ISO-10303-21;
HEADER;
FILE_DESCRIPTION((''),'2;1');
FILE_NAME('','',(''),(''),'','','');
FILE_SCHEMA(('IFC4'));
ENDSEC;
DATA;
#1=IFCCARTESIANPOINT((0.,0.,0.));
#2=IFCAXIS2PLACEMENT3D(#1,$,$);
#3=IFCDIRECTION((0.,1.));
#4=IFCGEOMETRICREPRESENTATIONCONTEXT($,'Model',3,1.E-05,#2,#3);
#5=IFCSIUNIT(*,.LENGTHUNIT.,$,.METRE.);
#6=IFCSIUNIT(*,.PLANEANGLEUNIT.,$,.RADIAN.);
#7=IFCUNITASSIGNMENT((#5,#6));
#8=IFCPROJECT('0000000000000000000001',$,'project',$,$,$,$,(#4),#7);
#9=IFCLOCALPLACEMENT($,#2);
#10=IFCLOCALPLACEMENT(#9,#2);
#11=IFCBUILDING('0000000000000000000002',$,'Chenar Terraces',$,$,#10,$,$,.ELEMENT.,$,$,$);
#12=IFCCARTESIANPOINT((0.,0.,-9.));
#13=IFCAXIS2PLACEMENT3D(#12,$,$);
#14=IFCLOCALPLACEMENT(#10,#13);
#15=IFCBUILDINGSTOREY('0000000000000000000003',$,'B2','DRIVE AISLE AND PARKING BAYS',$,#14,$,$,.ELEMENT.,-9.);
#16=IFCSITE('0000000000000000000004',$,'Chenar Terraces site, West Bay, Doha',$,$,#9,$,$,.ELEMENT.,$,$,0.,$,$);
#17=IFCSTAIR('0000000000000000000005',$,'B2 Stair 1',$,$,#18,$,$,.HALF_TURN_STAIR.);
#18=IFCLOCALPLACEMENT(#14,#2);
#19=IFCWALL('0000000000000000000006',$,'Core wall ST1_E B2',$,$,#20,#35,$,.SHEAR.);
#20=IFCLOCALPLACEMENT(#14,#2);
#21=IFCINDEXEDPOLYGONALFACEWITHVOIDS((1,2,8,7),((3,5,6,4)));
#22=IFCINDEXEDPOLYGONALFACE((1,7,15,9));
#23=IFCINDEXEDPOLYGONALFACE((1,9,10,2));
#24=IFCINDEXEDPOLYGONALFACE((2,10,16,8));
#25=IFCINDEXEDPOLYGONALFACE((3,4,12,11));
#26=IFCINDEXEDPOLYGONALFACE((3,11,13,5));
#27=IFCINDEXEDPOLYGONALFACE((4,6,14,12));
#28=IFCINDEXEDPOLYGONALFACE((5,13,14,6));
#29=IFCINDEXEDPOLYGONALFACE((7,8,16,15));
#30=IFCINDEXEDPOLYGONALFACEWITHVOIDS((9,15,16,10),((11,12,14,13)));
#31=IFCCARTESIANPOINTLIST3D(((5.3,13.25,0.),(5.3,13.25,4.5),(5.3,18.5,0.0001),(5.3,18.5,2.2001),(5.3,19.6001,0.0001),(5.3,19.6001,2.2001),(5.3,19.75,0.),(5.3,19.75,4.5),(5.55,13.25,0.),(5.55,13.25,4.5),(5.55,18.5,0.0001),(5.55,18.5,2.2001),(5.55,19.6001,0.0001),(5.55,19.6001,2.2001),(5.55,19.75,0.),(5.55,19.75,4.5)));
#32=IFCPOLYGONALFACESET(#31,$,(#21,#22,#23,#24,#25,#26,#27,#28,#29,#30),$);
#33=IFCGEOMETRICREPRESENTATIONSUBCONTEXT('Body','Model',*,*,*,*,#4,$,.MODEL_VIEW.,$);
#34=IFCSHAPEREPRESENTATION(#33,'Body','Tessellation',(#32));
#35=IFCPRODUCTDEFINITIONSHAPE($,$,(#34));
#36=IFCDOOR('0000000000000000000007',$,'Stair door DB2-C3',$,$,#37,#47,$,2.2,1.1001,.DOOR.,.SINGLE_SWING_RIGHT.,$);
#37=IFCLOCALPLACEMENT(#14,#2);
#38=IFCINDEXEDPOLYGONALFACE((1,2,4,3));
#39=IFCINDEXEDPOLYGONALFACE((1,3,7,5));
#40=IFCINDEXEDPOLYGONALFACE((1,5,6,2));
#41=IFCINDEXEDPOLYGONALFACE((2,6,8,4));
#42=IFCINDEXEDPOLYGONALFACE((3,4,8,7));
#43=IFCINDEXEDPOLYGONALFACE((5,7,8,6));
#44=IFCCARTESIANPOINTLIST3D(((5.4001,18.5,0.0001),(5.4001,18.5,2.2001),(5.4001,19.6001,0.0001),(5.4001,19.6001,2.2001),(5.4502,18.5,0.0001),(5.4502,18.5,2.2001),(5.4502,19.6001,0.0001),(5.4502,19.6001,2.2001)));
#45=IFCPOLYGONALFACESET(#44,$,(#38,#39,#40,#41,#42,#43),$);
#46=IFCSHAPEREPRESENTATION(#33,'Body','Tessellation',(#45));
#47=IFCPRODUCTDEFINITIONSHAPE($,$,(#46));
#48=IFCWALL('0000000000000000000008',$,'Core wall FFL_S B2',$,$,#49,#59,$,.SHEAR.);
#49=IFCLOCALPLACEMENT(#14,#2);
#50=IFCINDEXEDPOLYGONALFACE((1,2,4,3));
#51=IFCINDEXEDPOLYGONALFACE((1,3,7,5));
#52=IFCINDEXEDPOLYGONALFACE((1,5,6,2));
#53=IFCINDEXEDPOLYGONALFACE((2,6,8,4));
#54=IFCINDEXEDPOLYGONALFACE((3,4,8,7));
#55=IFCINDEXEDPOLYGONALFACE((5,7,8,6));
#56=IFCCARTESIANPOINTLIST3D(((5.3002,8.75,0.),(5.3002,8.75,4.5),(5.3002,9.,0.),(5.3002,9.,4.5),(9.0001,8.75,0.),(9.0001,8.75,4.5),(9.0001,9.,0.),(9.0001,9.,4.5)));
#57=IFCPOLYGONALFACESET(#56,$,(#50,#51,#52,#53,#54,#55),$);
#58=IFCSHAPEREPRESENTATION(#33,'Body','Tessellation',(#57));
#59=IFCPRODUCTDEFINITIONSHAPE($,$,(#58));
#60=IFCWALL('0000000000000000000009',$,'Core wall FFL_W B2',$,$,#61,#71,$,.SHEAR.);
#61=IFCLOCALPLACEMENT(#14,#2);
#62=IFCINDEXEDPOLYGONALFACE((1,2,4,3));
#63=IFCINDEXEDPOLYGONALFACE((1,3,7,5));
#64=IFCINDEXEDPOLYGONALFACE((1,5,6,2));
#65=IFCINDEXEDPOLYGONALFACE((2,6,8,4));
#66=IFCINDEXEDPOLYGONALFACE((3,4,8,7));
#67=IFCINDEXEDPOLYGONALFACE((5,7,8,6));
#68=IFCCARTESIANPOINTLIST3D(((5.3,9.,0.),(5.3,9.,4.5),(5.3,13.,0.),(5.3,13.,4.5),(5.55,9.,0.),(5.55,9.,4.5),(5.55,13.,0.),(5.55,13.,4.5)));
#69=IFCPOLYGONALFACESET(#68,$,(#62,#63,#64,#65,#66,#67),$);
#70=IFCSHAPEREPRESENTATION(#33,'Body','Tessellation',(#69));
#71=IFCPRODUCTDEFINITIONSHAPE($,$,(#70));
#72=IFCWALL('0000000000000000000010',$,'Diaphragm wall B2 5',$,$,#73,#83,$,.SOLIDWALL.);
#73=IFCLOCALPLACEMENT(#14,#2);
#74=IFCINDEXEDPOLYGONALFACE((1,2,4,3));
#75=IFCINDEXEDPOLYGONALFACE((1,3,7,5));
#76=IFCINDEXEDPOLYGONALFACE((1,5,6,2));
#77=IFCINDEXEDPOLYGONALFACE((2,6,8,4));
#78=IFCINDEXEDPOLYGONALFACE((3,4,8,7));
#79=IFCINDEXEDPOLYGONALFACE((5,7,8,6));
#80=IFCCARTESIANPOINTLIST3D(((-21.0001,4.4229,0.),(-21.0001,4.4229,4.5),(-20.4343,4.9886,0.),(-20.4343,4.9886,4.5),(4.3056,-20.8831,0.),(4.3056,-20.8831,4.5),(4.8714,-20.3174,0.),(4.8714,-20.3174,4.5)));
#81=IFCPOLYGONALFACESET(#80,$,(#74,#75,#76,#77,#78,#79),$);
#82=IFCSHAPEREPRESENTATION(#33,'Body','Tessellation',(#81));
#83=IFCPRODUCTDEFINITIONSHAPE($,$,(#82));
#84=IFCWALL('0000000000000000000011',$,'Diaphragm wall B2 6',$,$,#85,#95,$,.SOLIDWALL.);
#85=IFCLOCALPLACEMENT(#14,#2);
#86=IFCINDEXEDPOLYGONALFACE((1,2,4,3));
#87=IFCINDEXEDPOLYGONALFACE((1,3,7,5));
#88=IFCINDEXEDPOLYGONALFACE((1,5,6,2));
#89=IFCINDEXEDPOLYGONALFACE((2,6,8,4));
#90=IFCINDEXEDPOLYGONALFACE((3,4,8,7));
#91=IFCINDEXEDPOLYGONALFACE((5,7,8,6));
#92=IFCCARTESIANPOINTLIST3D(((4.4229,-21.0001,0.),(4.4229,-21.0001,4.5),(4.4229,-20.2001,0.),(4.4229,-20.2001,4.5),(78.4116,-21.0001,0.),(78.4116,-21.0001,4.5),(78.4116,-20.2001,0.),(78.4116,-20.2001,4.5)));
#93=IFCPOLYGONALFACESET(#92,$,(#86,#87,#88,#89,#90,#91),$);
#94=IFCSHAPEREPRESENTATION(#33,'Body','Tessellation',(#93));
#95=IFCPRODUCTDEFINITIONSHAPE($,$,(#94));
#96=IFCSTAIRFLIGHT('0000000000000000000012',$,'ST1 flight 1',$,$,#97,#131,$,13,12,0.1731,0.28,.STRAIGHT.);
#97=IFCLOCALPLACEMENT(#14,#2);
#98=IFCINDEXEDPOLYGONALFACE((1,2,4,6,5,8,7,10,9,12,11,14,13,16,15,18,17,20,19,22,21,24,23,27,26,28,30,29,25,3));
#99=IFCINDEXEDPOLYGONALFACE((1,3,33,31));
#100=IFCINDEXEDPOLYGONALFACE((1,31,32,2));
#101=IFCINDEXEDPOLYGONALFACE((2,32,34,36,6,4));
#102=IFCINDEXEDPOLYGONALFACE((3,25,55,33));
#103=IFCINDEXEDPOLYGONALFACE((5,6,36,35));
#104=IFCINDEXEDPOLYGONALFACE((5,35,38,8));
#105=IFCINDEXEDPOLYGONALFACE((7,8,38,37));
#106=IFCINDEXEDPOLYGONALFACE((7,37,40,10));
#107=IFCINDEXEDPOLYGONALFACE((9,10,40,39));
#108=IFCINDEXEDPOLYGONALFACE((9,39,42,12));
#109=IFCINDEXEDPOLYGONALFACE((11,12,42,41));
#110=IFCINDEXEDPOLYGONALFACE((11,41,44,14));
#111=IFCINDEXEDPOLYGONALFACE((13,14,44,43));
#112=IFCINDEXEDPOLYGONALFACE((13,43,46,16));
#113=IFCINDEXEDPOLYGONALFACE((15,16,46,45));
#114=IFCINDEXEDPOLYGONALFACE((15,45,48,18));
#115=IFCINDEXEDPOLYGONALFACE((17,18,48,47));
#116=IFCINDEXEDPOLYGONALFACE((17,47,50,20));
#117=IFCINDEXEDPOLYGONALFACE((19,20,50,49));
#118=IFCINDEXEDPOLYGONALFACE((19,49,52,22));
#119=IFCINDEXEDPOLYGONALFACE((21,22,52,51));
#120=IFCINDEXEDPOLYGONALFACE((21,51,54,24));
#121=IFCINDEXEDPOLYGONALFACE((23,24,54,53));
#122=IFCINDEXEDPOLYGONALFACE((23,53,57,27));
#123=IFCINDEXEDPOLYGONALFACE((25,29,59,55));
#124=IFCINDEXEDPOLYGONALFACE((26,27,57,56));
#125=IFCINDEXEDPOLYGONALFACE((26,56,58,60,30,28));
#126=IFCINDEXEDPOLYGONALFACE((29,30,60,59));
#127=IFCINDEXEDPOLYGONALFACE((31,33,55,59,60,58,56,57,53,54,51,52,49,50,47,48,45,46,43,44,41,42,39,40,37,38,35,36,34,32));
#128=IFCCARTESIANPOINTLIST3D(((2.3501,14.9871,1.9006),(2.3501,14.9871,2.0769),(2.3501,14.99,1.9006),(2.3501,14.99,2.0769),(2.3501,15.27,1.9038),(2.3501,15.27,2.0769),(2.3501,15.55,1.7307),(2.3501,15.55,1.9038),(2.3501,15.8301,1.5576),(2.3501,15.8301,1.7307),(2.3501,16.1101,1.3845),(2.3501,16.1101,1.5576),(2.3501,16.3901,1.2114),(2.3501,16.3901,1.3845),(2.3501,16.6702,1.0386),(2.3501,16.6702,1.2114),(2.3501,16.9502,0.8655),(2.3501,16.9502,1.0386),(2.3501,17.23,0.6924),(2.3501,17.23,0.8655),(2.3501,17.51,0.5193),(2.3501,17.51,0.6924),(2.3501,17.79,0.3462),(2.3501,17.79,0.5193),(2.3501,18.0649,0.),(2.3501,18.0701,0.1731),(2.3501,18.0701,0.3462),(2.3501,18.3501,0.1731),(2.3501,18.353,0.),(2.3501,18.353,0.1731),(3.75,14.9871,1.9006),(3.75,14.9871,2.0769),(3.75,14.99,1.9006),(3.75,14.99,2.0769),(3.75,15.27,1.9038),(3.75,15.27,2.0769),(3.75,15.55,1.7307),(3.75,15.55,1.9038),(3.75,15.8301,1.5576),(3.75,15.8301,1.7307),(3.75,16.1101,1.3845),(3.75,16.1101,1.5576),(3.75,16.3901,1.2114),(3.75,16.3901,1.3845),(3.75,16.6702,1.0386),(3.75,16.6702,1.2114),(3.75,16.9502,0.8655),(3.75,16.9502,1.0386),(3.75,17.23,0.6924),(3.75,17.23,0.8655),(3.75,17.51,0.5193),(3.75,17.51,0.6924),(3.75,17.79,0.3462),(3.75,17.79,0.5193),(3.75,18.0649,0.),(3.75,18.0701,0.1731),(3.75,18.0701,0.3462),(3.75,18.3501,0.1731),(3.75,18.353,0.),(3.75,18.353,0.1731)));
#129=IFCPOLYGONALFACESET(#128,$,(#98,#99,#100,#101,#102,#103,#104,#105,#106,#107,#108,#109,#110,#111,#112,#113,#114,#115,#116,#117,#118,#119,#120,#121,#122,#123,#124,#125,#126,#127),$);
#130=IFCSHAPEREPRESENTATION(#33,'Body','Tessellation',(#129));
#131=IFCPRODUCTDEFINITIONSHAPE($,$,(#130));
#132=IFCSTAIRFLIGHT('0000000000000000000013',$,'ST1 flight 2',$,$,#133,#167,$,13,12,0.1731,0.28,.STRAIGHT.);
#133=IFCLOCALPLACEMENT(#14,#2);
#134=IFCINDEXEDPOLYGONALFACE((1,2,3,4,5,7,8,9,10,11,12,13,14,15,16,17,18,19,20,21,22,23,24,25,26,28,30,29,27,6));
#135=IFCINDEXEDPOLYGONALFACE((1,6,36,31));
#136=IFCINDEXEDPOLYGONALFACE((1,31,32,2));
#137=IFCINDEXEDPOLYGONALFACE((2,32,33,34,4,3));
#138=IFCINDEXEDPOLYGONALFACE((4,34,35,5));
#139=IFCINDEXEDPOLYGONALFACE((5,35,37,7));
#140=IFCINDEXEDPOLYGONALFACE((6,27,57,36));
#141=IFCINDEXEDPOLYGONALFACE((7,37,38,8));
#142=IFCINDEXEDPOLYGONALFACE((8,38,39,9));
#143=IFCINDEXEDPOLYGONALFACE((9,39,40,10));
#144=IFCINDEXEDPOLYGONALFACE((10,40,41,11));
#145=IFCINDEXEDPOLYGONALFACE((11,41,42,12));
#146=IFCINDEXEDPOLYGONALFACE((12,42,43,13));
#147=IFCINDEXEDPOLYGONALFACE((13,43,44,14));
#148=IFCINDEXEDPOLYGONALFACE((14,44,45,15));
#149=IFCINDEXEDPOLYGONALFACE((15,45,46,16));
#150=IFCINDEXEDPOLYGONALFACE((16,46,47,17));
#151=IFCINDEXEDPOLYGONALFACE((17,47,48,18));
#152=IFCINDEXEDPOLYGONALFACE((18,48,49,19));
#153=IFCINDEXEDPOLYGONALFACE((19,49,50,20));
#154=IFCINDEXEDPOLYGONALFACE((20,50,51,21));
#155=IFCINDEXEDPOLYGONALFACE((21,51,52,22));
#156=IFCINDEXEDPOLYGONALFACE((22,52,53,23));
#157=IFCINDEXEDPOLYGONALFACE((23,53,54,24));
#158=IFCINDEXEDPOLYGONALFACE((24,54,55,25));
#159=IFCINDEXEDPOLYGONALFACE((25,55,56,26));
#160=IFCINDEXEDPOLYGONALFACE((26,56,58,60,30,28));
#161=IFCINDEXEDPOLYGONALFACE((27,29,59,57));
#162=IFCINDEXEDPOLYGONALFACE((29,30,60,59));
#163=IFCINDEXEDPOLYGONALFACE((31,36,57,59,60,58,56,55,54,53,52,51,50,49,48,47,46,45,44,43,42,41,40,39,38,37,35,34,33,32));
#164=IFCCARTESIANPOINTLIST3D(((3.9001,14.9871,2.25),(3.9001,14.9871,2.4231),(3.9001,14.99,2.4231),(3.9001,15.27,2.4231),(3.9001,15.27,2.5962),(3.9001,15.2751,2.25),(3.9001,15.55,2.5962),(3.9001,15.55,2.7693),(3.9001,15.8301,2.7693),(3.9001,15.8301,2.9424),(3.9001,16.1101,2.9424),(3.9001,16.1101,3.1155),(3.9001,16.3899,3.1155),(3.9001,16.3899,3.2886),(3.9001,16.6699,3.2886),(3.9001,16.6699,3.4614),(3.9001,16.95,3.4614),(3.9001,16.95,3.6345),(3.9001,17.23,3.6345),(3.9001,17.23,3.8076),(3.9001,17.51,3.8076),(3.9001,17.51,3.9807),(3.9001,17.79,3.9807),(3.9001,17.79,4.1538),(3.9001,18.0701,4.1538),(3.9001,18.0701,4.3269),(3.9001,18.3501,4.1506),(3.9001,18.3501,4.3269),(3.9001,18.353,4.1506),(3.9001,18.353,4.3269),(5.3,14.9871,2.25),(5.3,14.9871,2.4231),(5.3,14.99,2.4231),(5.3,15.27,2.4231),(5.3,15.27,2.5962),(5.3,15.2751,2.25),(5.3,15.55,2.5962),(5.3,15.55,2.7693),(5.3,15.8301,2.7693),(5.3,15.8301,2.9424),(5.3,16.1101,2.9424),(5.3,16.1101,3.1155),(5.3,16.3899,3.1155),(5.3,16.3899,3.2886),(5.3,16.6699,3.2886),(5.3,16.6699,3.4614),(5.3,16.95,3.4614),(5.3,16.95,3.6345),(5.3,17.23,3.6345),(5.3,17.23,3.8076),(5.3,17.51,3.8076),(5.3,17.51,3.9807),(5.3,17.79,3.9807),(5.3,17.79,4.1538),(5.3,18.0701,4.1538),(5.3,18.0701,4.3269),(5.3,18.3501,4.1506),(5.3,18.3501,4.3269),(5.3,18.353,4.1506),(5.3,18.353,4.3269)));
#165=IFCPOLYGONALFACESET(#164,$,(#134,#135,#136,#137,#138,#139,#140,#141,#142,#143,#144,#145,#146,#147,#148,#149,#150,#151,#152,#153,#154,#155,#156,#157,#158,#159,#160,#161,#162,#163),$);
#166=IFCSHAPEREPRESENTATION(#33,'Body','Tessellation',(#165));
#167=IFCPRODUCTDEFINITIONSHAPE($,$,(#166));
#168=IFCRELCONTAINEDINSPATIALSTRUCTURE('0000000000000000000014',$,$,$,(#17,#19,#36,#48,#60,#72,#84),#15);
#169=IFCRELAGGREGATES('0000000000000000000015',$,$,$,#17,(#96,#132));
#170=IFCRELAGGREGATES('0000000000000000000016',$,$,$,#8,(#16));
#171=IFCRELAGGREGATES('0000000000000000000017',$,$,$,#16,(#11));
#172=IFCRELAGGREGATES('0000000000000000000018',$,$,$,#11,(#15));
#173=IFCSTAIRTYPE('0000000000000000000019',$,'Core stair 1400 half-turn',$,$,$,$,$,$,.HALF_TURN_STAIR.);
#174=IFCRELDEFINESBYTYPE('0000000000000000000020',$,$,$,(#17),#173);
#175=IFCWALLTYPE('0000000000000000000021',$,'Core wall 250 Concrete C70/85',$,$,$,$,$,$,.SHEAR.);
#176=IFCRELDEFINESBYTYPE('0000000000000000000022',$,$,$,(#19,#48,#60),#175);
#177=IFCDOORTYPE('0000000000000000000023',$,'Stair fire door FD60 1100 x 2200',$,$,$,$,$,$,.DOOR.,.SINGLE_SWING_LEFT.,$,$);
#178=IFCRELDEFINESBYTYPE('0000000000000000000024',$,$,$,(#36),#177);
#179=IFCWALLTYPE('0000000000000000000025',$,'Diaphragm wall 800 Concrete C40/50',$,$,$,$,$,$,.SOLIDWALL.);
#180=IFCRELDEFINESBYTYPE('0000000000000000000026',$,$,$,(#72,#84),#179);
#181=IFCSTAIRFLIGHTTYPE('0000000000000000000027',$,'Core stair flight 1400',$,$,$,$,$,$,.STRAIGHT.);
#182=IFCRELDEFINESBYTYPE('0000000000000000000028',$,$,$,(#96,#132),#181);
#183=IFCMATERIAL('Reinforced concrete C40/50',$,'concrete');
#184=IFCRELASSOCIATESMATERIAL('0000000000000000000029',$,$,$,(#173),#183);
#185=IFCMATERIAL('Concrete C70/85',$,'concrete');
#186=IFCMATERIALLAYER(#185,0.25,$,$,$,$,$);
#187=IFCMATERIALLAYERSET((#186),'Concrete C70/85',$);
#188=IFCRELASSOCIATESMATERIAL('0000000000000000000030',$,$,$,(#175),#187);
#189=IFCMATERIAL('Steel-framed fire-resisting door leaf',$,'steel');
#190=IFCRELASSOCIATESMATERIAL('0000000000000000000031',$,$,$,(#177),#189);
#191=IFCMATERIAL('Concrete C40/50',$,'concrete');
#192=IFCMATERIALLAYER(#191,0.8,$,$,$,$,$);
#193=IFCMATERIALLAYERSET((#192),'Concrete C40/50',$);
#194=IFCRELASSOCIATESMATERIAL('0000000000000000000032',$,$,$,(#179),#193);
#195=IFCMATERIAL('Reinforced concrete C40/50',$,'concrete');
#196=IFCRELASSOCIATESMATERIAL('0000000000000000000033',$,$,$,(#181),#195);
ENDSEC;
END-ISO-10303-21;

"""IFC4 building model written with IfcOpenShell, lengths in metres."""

from ifc_helpers import new_model, si_unit, direction, frame, frame_2d, origin, place, context, subcontext, project, spatial, polyline, rectangle, outline, extrude, material, layer, layer_set, type_object, element, fill, aggregate, save


model = new_model("IFC4")

# Units and contexts
model_context = context("Model", 3, precision=1e-05, world=origin(), true_north=direction((0.0, 1.0)))
body_context = subcontext(model_context, "Body", "Model", "MODEL_VIEW")
ifc_project = project(units=[si_unit("LENGTHUNIT", "METRE"), si_unit("PLANEANGLEUNIT", "RADIAN")], contexts=[model_context])

# Site, building, storey
site_placement = place(None, origin())
site = spatial("IfcSite", under=ifc_project, at=site_placement, Name="Chenar Terraces site, West Bay, Doha", CompositionType="ELEMENT", RefElevation=0.0)
building_placement = place(site_placement, origin())
building = spatial("IfcBuilding", under=site, at=building_placement, Name="Chenar Terraces", CompositionType="ELEMENT")
storey_placement = place(building_placement, frame((0.0, 0.0, -9.0)))
storey = spatial("IfcBuildingStorey", under=building, at=storey_placement, Name="B2", Description="DRIVE AISLE AND PARKING BAYS", CompositionType="ELEMENT", Elevation=-9.0)

# Stair
ifc_material_1 = material(Name="Reinforced concrete C40/50", Category="concrete")
stair_type = type_object("IfcStairType", Name="Core stair 1400 half-turn", PredefinedType="HALF_TURN_STAIR", material=ifc_material_1)
placement_1 = place(storey_placement, origin())
stair_1 = element("IfcStair", 1, at=placement_1, inside=storey, type_object=stair_type, Name="B2 Stair 1", PredefinedType="HALF_TURN_STAIR")

# Shared definitions
ifc_material_2 = material(Name="Concrete C70/85", Category="concrete")
ifc_layer_1 = layer(ifc_material_2, 0.25)
ifc_layer_set_1 = layer_set([ifc_layer_1], Name="Concrete C70/85")
wall_type_1 = type_object("IfcWallType", Name="Core wall 250 Concrete C70/85", PredefinedType="SHEAR", material=ifc_layer_set_1)
ifc_material_3 = material(Name="Steel-framed fire-resisting door leaf", Category="steel")
door_type_1 = type_object("IfcDoorType", Name="Stair fire door FD60 1100 x 2200", OperationType="SINGLE_SWING_LEFT", PredefinedType="DOOR", material=ifc_material_3)

# Wall, opening, door
wall_1_placement = place(storey_placement, frame((5.425, 13.25, 0.0), z_axis=(0.0, 0.0, 1.0), x_axis=(0.0, 1.0, 0.0)))
wall_1 = element("IfcWall", 2, at=wall_1_placement, inside=storey, type_object=wall_type_1, Name="Core wall ST1_E B2", PredefinedType="SHEAR", context=body_context, shape_type="SweptSolid", body=[
    extrude(rectangle(XDim=6.5, YDim=0.25, at=frame_2d((3.25, 0.0))), origin(), (0.0, 0.0, 1.0), 4.5),
])
opening_1_placement = place(wall_1_placement, frame((5.25, 0.0, 0.0)))
opening_1 = element("IfcOpeningElement", 3, at=opening_1_placement, cuts=wall_1, PredefinedType="OPENING", context=body_context, shape_type="SweptSolid", body=[
    extrude(rectangle(XDim=1.1001, YDim=2.2, at=frame_2d((0.55, 1.1001))), frame((0.0, 0.135, 0.0), z_axis=(0.0, -1.0, 0.0), x_axis=(1.0, 0.0, 0.0)), (0.0, 0.0, 1.0), 0.27),
])
door_1_placement = place(opening_1_placement, origin())
door_1 = element("IfcDoor", 4, at=door_1_placement, inside=storey, type_object=door_type_1, Name="Stair door DB2-C3", OperationType="SINGLE_SWING_RIGHT", OverallHeight=2.2, OverallWidth=1.1001, PredefinedType="DOOR", context=body_context, shape_type="SweptSolid", body=[
    extrude(rectangle(XDim=1.1001, YDim=2.2, at=frame_2d((0.55, 1.1001))), frame((0.0, 0.0249, 0.0), z_axis=(0.0, -1.0, 0.0), x_axis=(1.0, 0.0, 0.0)), (0.0, 0.0, 1.0), 0.05),
])
fill(opening_1, door_1)

# Walls
wall_2_placement = place(storey_placement, frame((5.3, 8.875, 0.0), z_axis=(0.0, 0.0, 1.0), x_axis=(1.0, 0.0, 0.0)))
element("IfcWall", 5, at=wall_2_placement, inside=storey, type_object=wall_type_1, Name="Core wall FFL_S B2", PredefinedType="SHEAR", context=body_context, shape_type="SweptSolid", body=[
    extrude(rectangle(XDim=3.7, YDim=0.25, at=frame_2d((1.8501, 0.0))), origin(), (0.0, 0.0, 1.0), 4.5),
])
wall_3_placement = place(storey_placement, frame((5.425, 9.0, 0.0), z_axis=(0.0, 0.0, 1.0), x_axis=(0.0, 1.0, 0.0)))
element("IfcWall", 6, at=wall_3_placement, inside=storey, type_object=wall_type_1, Name="Core wall FFL_W B2", PredefinedType="SHEAR", context=body_context, shape_type="SweptSolid", body=[
    extrude(rectangle(XDim=4.0, YDim=0.25, at=frame_2d((2.0, 0.0))), origin(), (0.0, 0.0, 1.0), 4.5),
])
ifc_material_4 = material(Name="Concrete C40/50", Category="concrete")
ifc_layer_2 = layer(ifc_material_4, 0.8)
ifc_layer_set_2 = layer_set([ifc_layer_2], Name="Concrete C40/50")
wall_type_2 = type_object("IfcWallType", Name="Diaphragm wall 800 Concrete C40/50", PredefinedType="SOLIDWALL", material=ifc_layer_set_2)
wall_4_placement = place(storey_placement, frame((-20.7173, 4.7058, 0.0), z_axis=(0.0, 0.0, 1.0), x_axis=(0.707103, -0.70711, 0.0)))
element("IfcWall", 7, at=wall_4_placement, inside=storey, type_object=wall_type_2, Name="Diaphragm wall B2 5", PredefinedType="SOLIDWALL", context=body_context, shape_type="SweptSolid", body=[
    extrude(rectangle(XDim=35.7878, YDim=0.8, at=frame_2d((17.894, 0.0))), origin(), (0.0, 0.0, 1.0), 4.5),
])
wall_5_placement = place(storey_placement, frame((4.4229, -20.6001, 0.0), z_axis=(0.0, 0.0, 1.0), x_axis=(1.0, 0.0, 0.0)))
element("IfcWall", 8, at=wall_5_placement, inside=storey, type_object=wall_type_2, Name="Diaphragm wall B2 6", PredefinedType="SOLIDWALL", context=body_context, shape_type="SweptSolid", body=[
    extrude(rectangle(XDim=73.9888, YDim=0.8, at=frame_2d((36.9944, 0.0))), origin(), (0.0, 0.0, 1.0), 4.5),
])

# Stair flights
ifc_material_5 = material(Name="Reinforced concrete C40/50", Category="concrete")
stair_flight_type = type_object("IfcStairFlightType", Name="Core stair flight 1400", PredefinedType="STRAIGHT", material=ifc_material_5)
stair_flight_1_placement = place(storey_placement, frame((3.05, 18.3501, 0.0), z_axis=(0.0, 0.0, 1.0), x_axis=(0.0, -1.0, 0.0)))
stair_flight_1 = element("IfcStairFlight", 9, at=stair_flight_1_placement, type_object=stair_flight_type, Name="ST1 flight 1", NumberOfRisers=13, NumberOfTreads=12, PredefinedType="STRAIGHT", RiserHeight=0.1731, TreadLength=0.28, context=body_context, shape_type="SweptSolid", body=[
    extrude(outline(polyline([(-0.0029, 0.0), (-0.0029, 0.1731), (0.0, 0.1731), (0.28, 0.1731), (0.28, 0.3462), (0.5601, 0.3462), (0.5601, 0.5193), (0.8401, 0.5193), (0.8401, 0.6924), (1.1201, 0.6924), (1.1201, 0.8655), (1.3999, 0.8655), (1.3999, 1.0386), (1.6799, 1.0386), (1.6799, 1.2114), (1.96, 1.2114), (1.96, 1.3845), (2.24, 1.3845), (2.24, 1.5576), (2.52, 1.5576), (2.52, 1.7307), (2.8, 1.7307), (2.8, 1.9038), (3.0801, 1.9038), (3.0801, 2.0769), (3.3601, 2.0769), (3.363, 2.0769), (3.363, 1.9006), (3.3601, 1.9006), (0.2852, 0.0), (-0.0029, 0.0)])), frame((0.0, 0.7, 0.0), z_axis=(0.0, -1.0, 0.0), x_axis=(1.0, 0.0, 0.0)), (0.0, 0.0, 1.0), 1.3999),
])
stair_flight_2_placement = place(storey_placement, frame((4.6001, 14.99, 2.25), z_axis=(0.0, 0.0, 1.0), x_axis=(0.0, 1.0, 0.0)))
stair_flight_2 = element("IfcStairFlight", 10, at=stair_flight_2_placement, type_object=stair_flight_type, Name="ST1 flight 2", NumberOfRisers=13, NumberOfTreads=12, PredefinedType="STRAIGHT", RiserHeight=0.1731, TreadLength=0.28, context=body_context, shape_type="SweptSolid", body=[
    extrude(outline(polyline([(-0.0029, 0.0), (-0.0029, 0.1731), (0.0, 0.1731), (0.28, 0.1731), (0.28, 0.3462), (0.5601, 0.3462), (0.5601, 0.5193), (0.8401, 0.5193), (0.8401, 0.6924), (1.1201, 0.6924), (1.1201, 0.8655), (1.3999, 0.8655), (1.3999, 1.0386), (1.6799, 1.0386), (1.6799, 1.2114), (1.96, 1.2114), (1.96, 1.3845), (2.24, 1.3845), (2.24, 1.5576), (2.52, 1.5576), (2.52, 1.7307), (2.8, 1.7307), (2.8, 1.9038), (3.0801, 1.9038), (3.0801, 2.0769), (3.3601, 2.0769), (3.363, 2.0769), (3.363, 1.9006), (3.3601, 1.9006), (0.2852, 0.0), (-0.0029, 0.0)])), frame((0.0, 0.7, 0.0), z_axis=(0.0, -1.0, 0.0), x_axis=(1.0, 0.0, 0.0)), (0.0, 0.0, 1.0), 1.3999),
])
aggregate(stair_1, [stair_flight_1, stair_flight_2])

save(model, "model.ifc")
